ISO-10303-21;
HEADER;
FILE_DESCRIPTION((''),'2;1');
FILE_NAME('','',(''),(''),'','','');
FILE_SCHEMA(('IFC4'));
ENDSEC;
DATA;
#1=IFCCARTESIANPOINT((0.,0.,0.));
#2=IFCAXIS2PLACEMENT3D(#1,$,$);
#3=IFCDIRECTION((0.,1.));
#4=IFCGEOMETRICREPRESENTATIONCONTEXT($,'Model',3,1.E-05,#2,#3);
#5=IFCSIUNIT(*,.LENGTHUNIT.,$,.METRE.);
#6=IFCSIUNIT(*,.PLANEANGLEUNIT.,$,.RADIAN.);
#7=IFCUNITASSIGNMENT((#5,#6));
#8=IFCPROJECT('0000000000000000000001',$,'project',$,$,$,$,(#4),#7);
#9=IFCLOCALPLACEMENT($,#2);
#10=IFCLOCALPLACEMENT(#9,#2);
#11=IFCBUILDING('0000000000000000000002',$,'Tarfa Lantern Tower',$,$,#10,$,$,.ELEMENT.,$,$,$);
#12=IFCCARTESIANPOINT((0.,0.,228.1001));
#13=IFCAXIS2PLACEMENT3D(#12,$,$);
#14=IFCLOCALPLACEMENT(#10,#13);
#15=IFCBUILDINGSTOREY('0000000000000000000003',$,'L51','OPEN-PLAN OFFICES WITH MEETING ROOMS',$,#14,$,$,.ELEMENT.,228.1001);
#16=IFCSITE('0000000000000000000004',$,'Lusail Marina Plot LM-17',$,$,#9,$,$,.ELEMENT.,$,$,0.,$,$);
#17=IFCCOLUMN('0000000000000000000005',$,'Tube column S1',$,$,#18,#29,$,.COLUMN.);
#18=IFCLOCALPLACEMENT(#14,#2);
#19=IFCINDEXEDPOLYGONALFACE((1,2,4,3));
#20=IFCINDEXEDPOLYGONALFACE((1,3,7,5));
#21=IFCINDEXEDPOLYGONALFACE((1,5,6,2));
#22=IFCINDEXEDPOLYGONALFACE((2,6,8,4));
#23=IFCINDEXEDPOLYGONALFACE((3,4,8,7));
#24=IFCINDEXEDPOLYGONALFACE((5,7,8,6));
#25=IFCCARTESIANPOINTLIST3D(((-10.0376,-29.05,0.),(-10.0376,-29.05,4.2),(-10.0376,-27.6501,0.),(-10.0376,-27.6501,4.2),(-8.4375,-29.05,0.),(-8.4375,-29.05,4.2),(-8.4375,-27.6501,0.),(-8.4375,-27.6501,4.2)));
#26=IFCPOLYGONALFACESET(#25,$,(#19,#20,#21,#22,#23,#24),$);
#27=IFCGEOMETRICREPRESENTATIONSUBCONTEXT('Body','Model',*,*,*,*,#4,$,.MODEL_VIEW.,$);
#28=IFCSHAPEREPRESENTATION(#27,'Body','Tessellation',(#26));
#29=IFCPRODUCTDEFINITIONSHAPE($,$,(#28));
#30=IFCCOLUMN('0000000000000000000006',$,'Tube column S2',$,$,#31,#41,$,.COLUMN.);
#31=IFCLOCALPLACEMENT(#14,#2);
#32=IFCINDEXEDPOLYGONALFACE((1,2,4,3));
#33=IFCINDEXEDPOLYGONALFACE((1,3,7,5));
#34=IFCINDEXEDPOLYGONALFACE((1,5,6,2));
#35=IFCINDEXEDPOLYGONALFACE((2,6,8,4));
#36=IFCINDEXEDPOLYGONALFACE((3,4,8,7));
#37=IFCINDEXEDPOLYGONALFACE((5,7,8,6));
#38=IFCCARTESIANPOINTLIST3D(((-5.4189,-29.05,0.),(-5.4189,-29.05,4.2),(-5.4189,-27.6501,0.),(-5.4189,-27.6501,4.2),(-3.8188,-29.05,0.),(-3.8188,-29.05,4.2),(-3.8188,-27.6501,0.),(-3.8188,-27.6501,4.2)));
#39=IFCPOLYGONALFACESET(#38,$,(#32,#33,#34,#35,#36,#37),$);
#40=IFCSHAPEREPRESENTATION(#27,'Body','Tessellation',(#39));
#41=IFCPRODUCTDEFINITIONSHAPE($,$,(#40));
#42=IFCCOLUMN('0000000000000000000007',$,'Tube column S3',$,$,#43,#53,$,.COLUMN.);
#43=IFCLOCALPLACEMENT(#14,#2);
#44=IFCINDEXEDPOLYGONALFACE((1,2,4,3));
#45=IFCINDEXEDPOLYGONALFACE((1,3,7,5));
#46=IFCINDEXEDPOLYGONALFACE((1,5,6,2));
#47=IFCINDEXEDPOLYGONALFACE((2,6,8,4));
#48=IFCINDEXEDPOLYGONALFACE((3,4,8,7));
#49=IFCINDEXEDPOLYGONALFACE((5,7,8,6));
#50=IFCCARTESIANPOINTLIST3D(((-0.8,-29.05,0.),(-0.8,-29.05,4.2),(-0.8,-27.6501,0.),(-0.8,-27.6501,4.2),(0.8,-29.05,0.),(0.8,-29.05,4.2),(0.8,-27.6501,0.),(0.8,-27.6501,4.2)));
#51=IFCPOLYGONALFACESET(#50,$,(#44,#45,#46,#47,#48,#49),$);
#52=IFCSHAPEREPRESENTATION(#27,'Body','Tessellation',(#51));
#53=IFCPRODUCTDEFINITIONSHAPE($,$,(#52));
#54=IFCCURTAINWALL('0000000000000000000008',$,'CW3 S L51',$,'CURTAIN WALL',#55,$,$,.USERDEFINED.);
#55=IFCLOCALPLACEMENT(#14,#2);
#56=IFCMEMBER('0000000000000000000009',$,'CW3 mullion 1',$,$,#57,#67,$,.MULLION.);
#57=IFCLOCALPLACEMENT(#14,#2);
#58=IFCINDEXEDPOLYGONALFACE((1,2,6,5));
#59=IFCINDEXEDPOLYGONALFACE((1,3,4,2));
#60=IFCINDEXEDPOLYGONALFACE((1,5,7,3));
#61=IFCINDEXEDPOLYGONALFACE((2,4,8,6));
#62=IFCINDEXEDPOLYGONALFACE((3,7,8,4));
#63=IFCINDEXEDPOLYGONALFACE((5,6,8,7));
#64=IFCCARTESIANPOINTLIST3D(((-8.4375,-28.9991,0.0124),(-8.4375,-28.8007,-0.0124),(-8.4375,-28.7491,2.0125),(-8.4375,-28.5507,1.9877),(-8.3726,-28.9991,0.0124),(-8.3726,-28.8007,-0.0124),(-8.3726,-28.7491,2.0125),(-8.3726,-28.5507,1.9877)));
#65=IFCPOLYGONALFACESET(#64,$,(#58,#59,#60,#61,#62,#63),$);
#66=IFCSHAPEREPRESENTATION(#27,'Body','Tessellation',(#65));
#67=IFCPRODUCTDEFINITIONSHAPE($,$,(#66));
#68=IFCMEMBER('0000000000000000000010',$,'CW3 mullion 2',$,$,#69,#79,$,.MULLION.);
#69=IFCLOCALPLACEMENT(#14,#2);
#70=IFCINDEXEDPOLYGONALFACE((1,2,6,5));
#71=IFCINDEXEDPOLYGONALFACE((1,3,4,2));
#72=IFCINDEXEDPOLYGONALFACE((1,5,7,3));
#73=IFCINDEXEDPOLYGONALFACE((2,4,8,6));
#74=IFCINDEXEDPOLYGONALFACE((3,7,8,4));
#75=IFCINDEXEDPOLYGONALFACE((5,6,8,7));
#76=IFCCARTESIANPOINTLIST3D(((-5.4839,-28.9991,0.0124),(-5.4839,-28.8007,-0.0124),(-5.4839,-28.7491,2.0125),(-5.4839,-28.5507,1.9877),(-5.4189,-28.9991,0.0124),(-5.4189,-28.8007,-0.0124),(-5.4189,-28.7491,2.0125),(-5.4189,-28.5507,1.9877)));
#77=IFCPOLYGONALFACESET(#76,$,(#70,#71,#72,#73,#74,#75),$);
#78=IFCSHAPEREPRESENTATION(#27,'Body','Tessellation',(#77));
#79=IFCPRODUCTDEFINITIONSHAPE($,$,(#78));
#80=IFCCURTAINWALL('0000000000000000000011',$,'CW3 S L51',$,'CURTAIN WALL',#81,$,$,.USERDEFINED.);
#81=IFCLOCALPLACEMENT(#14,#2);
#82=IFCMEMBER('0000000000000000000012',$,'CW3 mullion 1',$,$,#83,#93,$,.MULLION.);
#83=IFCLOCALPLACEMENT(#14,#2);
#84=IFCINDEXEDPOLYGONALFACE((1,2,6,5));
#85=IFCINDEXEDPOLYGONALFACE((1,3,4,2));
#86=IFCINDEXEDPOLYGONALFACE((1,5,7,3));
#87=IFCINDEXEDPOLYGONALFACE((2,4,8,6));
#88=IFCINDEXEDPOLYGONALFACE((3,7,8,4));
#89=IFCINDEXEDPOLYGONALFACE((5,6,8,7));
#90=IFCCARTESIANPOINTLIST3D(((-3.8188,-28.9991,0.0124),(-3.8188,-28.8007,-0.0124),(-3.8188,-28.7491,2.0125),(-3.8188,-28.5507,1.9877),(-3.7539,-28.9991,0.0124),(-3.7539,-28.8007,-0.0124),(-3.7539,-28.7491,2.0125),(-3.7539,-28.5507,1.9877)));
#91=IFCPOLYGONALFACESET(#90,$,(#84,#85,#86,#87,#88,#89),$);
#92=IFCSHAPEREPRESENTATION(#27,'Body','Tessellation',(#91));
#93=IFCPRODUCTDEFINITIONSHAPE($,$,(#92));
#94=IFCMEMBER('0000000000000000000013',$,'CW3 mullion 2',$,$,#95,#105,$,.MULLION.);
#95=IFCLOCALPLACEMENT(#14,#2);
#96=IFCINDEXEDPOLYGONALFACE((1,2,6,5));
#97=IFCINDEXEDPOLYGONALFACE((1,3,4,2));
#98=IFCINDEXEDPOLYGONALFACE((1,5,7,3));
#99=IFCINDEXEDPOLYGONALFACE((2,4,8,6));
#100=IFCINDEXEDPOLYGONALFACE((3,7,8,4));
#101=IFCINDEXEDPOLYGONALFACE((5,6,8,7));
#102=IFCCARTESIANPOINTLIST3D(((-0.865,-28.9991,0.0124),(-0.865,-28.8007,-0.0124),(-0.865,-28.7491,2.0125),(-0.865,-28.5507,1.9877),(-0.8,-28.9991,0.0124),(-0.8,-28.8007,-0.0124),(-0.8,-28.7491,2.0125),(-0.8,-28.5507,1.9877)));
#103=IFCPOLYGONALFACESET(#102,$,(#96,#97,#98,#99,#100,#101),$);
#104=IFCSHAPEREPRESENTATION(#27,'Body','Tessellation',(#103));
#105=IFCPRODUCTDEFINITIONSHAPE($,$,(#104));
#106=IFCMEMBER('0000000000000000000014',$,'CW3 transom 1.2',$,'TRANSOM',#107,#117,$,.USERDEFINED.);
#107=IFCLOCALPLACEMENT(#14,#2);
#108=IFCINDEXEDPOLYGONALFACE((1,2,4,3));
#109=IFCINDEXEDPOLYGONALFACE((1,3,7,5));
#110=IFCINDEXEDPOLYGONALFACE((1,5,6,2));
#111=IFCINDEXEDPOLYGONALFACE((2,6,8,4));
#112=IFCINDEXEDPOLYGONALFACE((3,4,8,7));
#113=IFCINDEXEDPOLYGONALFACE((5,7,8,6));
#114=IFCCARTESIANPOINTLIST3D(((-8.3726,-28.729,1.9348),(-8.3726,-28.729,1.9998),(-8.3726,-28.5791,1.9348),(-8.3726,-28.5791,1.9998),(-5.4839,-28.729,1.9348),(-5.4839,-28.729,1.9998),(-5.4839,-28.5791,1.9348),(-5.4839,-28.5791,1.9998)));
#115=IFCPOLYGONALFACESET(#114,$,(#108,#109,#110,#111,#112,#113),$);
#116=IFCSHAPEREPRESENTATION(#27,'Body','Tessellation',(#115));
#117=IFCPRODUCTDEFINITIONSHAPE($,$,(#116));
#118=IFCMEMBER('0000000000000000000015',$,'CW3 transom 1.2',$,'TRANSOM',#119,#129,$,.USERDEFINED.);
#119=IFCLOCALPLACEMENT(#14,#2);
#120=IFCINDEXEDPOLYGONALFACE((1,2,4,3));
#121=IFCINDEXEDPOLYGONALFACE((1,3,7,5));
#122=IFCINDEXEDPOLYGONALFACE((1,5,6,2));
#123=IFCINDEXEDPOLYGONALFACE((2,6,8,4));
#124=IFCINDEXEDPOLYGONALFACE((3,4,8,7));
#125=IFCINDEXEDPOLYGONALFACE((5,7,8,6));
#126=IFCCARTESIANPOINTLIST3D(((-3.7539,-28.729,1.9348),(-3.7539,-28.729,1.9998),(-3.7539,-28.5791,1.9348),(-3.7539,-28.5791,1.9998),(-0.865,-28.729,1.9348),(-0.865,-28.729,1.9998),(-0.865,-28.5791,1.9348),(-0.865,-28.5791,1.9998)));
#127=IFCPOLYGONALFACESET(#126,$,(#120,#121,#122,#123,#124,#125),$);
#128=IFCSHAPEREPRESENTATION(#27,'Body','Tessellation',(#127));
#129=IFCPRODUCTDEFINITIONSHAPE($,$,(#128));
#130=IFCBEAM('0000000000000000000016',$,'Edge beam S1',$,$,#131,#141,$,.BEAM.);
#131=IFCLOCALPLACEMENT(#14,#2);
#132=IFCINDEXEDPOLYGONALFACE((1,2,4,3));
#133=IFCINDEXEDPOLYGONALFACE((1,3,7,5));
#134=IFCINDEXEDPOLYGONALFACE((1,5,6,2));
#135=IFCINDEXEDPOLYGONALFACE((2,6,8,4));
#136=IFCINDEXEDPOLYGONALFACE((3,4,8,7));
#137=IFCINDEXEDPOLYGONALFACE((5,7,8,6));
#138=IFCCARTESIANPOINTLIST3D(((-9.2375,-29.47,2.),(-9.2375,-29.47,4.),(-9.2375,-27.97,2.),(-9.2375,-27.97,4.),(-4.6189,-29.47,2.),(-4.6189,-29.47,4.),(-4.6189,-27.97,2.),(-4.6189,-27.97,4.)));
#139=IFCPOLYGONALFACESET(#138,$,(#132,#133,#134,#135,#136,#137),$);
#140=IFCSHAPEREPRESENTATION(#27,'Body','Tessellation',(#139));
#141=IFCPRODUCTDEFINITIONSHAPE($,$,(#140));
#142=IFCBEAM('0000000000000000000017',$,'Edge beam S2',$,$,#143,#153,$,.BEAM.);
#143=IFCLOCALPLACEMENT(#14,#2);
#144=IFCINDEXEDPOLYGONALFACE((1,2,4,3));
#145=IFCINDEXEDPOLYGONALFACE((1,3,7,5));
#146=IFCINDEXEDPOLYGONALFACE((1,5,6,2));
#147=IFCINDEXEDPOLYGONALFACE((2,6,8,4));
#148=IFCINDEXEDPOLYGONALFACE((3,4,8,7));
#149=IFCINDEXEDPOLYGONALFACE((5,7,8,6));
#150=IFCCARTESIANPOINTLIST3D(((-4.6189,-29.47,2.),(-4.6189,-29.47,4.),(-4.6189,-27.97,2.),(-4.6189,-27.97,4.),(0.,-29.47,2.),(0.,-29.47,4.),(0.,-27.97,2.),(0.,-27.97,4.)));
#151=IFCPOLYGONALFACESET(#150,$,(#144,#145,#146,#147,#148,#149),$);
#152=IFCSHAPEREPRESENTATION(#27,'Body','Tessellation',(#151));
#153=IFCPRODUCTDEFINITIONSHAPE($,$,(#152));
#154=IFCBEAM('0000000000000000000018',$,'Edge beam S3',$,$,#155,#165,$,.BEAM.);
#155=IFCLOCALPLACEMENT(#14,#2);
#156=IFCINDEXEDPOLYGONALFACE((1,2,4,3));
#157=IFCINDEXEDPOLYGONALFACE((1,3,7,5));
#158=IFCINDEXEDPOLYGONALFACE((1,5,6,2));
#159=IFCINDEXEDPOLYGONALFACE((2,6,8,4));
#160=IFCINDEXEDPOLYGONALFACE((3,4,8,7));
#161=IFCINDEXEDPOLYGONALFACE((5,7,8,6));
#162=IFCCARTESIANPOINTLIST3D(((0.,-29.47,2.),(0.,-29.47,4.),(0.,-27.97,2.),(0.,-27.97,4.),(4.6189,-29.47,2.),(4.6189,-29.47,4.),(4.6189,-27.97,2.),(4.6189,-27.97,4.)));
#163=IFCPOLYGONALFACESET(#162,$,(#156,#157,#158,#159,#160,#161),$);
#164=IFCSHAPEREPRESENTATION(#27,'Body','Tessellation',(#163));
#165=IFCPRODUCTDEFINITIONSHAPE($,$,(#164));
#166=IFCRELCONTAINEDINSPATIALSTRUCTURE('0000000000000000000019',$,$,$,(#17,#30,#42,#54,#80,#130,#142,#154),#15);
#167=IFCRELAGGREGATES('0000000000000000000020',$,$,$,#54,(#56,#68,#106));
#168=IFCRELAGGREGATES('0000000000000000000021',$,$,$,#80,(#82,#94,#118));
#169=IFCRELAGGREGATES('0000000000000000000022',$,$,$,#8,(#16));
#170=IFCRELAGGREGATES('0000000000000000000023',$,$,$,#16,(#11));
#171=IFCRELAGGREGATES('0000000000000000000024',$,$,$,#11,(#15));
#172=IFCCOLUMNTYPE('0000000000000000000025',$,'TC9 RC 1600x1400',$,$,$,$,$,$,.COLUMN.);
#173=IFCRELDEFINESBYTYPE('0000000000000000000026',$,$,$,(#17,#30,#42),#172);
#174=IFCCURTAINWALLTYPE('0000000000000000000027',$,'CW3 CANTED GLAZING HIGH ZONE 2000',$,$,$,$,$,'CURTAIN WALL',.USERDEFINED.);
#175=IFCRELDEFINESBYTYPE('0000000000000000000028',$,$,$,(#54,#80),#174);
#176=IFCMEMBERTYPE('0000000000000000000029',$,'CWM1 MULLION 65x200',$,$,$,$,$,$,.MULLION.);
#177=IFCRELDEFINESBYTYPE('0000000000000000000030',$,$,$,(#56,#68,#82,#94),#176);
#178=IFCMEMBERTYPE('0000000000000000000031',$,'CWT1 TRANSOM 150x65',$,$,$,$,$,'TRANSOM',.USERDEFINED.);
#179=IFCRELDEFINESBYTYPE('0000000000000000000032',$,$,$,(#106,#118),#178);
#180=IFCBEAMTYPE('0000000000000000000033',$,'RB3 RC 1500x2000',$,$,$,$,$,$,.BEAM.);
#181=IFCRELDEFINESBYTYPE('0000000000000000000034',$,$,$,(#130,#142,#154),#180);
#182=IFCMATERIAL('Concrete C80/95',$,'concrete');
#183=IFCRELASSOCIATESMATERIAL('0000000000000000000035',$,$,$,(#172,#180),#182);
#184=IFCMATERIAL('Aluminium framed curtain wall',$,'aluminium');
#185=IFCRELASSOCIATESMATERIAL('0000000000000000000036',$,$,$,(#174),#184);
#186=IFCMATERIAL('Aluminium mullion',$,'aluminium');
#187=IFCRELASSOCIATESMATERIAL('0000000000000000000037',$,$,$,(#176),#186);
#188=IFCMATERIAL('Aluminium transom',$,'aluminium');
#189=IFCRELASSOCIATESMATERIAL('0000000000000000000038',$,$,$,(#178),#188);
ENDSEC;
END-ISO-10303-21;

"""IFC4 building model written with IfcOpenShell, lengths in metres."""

from ifc_helpers import new_model, si_unit, direction, frame, origin, origin_2d, place, context, subcontext, project, spatial, rectangle, extrude, material, material_profile, profile_set, type_object, element, aggregate, save


model = new_model("IFC4")

# Units and contexts
model_context = context("Model", 3, precision=1e-05, world=origin(), true_north=direction((0.0, 1.0)))
body_context = subcontext(model_context, "Body", "Model", "MODEL_VIEW")
ifc_project = project(units=[si_unit("LENGTHUNIT", "METRE"), si_unit("PLANEANGLEUNIT", "RADIAN")], contexts=[model_context])

# Site, building, storey
site_placement = place(None, origin())
site = spatial("IfcSite", under=ifc_project, at=site_placement, Name="Lusail Marina Plot LM-17", CompositionType="ELEMENT", RefElevation=0.0)
building_placement = place(site_placement, origin())
building = spatial("IfcBuilding", under=site, at=building_placement, Name="Tarfa Lantern Tower", CompositionType="ELEMENT")
storey_placement = place(building_placement, frame((0.0, 0.0, 228.1001)))
storey = spatial("IfcBuildingStorey", under=building, at=storey_placement, Name="L51", Description="OPEN-PLAN OFFICES WITH MEETING ROOMS", CompositionType="ELEMENT", Elevation=228.1001)

# Columns
ifc_material_1 = material(Name="Concrete C80/95", Category="concrete")
ifc_material_profile_1 = material_profile(ifc_material_1, rectangle(XDim=1.6001, YDim=1.3999, at=origin_2d()), Name="RC 1600x1400")
ifc_profile_set_1 = profile_set([ifc_material_profile_1], Name="Concrete C80/95")
column_type = type_object("IfcColumnType", Name="TC9 RC 1600x1400", PredefinedType="COLUMN", material=ifc_profile_set_1)
for number, where, z_axis, x_axis, name in (
    (1, (-9.2375, -28.3501, 0.0), (0.0, 0.0, 1.0), (1.0, 0.0, 0.0), "Tube column S1"),
    (2, (-4.6189, -28.3501, 0.0), (0.0, 0.0, 1.0), (1.0, 0.0, 0.0), "Tube column S2"),
    (3, (0.0, -28.3501, 0.0), (0.0, 0.0, 1.0), (1.0, 0.0, 0.0), "Tube column S3"),
):
    element("IfcColumn", number, at=place(storey_placement, frame(where, z_axis=z_axis, x_axis=x_axis)), inside=storey, type_object=column_type, Name=name, PredefinedType="COLUMN", context=body_context, shape_type="SweptSolid", body=[
        extrude(rectangle(XDim=1.6001, YDim=1.3999, at=origin_2d()), origin(), (0.0, 0.0, 1.0), 4.2),
    ])

# Curtain walls, members
ifc_material_2 = material(Name="Aluminium framed curtain wall", Category="aluminium")
curtain_wall_type = type_object("IfcCurtainWallType", Name="CW3 CANTED GLAZING HIGH ZONE 2000", ElementType="CURTAIN WALL", PredefinedType="USERDEFINED", material=ifc_material_2)
curtain_wall_1_placement = place(storey_placement, origin())
curtain_wall_1 = element("IfcCurtainWall", 4, at=curtain_wall_1_placement, inside=storey, type_object=curtain_wall_type, Name="CW3 S L51", ObjectType="CURTAIN WALL", PredefinedType="USERDEFINED")
ifc_material_3 = material(Name="Aluminium mullion", Category="aluminium")
ifc_material_profile_2 = material_profile(ifc_material_3, rectangle(XDim=0.0649, YDim=0.2, at=origin_2d()), Name="AL MULLION 65x200")
ifc_profile_set_2 = profile_set([ifc_material_profile_2], Name="Aluminium mullion")
member_type_1 = type_object("IfcMemberType", Name="CWM1 MULLION 65x200", PredefinedType="MULLION", material=ifc_profile_set_2)
member_1_placement = place(storey_placement, frame((-8.405, -28.8999, 0.0), z_axis=(0.0, 0.124035, 0.992278), x_axis=(-1.0, 0.0, 0.0)))
member_1 = element("IfcMember", 5, at=member_1_placement, type_object=member_type_1, Name="CW3 mullion 1", PredefinedType="MULLION", context=body_context, shape_type="SweptSolid", body=[
    extrude(rectangle(XDim=0.0649, YDim=0.2, at=origin_2d()), origin(), (0.0, 0.0, 1.0), 2.0156),
])
member_2_placement = place(storey_placement, frame((-5.4514, -28.8999, 0.0), z_axis=(0.0, 0.124035, 0.992278), x_axis=(-1.0, 0.0, 0.0)))
member_2 = element("IfcMember", 6, at=member_2_placement, type_object=member_type_1, Name="CW3 mullion 2", PredefinedType="MULLION", context=body_context, shape_type="SweptSolid", body=[
    extrude(rectangle(XDim=0.0649, YDim=0.2, at=origin_2d()), origin(), (0.0, 0.0, 1.0), 2.0156),
])
curtain_wall_2_placement = place(storey_placement, origin())
curtain_wall_2 = element("IfcCurtainWall", 7, at=curtain_wall_2_placement, inside=storey, type_object=curtain_wall_type, Name="CW3 S L51", ObjectType="CURTAIN WALL", PredefinedType="USERDEFINED")
member_3_placement = place(storey_placement, frame((-3.7864, -28.8999, 0.0), z_axis=(0.0, 0.124035, 0.992278), x_axis=(-1.0, 0.0, 0.0)))
member_3 = element("IfcMember", 8, at=member_3_placement, type_object=member_type_1, Name="CW3 mullion 1", PredefinedType="MULLION", context=body_context, shape_type="SweptSolid", body=[
    extrude(rectangle(XDim=0.0649, YDim=0.2, at=origin_2d()), origin(), (0.0, 0.0, 1.0), 2.0156),
])
member_4_placement = place(storey_placement, frame((-0.8325, -28.8999, 0.0), z_axis=(0.0, 0.124035, 0.992278), x_axis=(-1.0, 0.0, 0.0)))
member_4 = element("IfcMember", 9, at=member_4_placement, type_object=member_type_1, Name="CW3 mullion 2", PredefinedType="MULLION", context=body_context, shape_type="SweptSolid", body=[
    extrude(rectangle(XDim=0.0649, YDim=0.2, at=origin_2d()), origin(), (0.0, 0.0, 1.0), 2.0156),
])

# Members
ifc_material_4 = material(Name="Aluminium transom", Category="aluminium")
ifc_material_profile_3 = material_profile(ifc_material_4, rectangle(XDim=0.1499, YDim=0.0649, at=origin_2d()), Name="AL TRANSOM 150x65")
ifc_profile_set_3 = profile_set([ifc_material_profile_3], Name="Aluminium transom")
member_type_2 = type_object("IfcMemberType", Name="CWT1 TRANSOM 150x65", ElementType="TRANSOM", PredefinedType="USERDEFINED", material=ifc_profile_set_3)
member_5_placement = place(storey_placement, frame((-8.3726, -28.6541, 1.9673), z_axis=(1.0, 0.0, 0.0), x_axis=(0.0, 1.0, 0.0)))
member_5 = element("IfcMember", 10, at=member_5_placement, type_object=member_type_2, Name="CW3 transom 1.2", ObjectType="TRANSOM", PredefinedType="USERDEFINED", context=body_context, shape_type="SweptSolid", body=[
    extrude(rectangle(XDim=0.1499, YDim=0.0649, at=origin_2d()), origin(), (0.0, 0.0, 1.0), 2.8887),
])
member_6_placement = place(storey_placement, frame((-3.7539, -28.6541, 1.9673), z_axis=(1.0, 0.0, 0.0), x_axis=(0.0, 1.0, 0.0)))
member_6 = element("IfcMember", 11, at=member_6_placement, type_object=member_type_2, Name="CW3 transom 1.2", ObjectType="TRANSOM", PredefinedType="USERDEFINED", context=body_context, shape_type="SweptSolid", body=[
    extrude(rectangle(XDim=0.1499, YDim=0.0649, at=origin_2d()), origin(), (0.0, 0.0, 1.0), 2.8889),
])

# Beams
ifc_material_profile_4 = material_profile(ifc_material_1, rectangle(XDim=1.5, YDim=2.0, at=origin_2d()), Name="RC 1500x2000")
ifc_profile_set_4 = profile_set([ifc_material_profile_4], Name="Concrete C80/95")
beam_type_1 = type_object("IfcBeamType", Name="RB3 RC 1500x2000", PredefinedType="BEAM", material=ifc_profile_set_4)
beam_placement = place(storey_placement, frame((-9.2375, -28.72, 3.0), z_axis=(1.0, 0.0, 0.0), x_axis=(0.0, 1.0, 0.0)))
element("IfcBeam", 12, at=beam_placement, inside=storey, type_object=beam_type_1, Name="Edge beam S1", PredefinedType="BEAM", context=body_context, shape_type="SweptSolid", body=[
    extrude(rectangle(XDim=1.5, YDim=2.0, at=origin_2d()), origin(), (0.0, 0.0, 1.0), 4.6187),
])
for number, where, z_axis, x_axis, name in (
    (13, (-4.6189, -28.72, 3.0), (1.0, 0.0, 0.0), (0.0, 1.0, 0.0), "Edge beam S2"),
    (14, (0.0, -28.72, 3.0), (1.0, 0.0, 0.0), (0.0, 1.0, 0.0), "Edge beam S3"),
):
    element("IfcBeam", number, at=place(storey_placement, frame(where, z_axis=z_axis, x_axis=x_axis)), inside=storey, type_object=beam_type_1, Name=name, PredefinedType="BEAM", context=body_context, shape_type="SweptSolid", body=[
        extrude(rectangle(XDim=1.5, YDim=2.0, at=origin_2d()), origin(), (0.0, 0.0, 1.0), 4.6189),
    ])

aggregate(curtain_wall_1, [member_1, member_2, member_5])
aggregate(curtain_wall_2, [member_3, member_4, member_6])

save(model, "model.ifc")
